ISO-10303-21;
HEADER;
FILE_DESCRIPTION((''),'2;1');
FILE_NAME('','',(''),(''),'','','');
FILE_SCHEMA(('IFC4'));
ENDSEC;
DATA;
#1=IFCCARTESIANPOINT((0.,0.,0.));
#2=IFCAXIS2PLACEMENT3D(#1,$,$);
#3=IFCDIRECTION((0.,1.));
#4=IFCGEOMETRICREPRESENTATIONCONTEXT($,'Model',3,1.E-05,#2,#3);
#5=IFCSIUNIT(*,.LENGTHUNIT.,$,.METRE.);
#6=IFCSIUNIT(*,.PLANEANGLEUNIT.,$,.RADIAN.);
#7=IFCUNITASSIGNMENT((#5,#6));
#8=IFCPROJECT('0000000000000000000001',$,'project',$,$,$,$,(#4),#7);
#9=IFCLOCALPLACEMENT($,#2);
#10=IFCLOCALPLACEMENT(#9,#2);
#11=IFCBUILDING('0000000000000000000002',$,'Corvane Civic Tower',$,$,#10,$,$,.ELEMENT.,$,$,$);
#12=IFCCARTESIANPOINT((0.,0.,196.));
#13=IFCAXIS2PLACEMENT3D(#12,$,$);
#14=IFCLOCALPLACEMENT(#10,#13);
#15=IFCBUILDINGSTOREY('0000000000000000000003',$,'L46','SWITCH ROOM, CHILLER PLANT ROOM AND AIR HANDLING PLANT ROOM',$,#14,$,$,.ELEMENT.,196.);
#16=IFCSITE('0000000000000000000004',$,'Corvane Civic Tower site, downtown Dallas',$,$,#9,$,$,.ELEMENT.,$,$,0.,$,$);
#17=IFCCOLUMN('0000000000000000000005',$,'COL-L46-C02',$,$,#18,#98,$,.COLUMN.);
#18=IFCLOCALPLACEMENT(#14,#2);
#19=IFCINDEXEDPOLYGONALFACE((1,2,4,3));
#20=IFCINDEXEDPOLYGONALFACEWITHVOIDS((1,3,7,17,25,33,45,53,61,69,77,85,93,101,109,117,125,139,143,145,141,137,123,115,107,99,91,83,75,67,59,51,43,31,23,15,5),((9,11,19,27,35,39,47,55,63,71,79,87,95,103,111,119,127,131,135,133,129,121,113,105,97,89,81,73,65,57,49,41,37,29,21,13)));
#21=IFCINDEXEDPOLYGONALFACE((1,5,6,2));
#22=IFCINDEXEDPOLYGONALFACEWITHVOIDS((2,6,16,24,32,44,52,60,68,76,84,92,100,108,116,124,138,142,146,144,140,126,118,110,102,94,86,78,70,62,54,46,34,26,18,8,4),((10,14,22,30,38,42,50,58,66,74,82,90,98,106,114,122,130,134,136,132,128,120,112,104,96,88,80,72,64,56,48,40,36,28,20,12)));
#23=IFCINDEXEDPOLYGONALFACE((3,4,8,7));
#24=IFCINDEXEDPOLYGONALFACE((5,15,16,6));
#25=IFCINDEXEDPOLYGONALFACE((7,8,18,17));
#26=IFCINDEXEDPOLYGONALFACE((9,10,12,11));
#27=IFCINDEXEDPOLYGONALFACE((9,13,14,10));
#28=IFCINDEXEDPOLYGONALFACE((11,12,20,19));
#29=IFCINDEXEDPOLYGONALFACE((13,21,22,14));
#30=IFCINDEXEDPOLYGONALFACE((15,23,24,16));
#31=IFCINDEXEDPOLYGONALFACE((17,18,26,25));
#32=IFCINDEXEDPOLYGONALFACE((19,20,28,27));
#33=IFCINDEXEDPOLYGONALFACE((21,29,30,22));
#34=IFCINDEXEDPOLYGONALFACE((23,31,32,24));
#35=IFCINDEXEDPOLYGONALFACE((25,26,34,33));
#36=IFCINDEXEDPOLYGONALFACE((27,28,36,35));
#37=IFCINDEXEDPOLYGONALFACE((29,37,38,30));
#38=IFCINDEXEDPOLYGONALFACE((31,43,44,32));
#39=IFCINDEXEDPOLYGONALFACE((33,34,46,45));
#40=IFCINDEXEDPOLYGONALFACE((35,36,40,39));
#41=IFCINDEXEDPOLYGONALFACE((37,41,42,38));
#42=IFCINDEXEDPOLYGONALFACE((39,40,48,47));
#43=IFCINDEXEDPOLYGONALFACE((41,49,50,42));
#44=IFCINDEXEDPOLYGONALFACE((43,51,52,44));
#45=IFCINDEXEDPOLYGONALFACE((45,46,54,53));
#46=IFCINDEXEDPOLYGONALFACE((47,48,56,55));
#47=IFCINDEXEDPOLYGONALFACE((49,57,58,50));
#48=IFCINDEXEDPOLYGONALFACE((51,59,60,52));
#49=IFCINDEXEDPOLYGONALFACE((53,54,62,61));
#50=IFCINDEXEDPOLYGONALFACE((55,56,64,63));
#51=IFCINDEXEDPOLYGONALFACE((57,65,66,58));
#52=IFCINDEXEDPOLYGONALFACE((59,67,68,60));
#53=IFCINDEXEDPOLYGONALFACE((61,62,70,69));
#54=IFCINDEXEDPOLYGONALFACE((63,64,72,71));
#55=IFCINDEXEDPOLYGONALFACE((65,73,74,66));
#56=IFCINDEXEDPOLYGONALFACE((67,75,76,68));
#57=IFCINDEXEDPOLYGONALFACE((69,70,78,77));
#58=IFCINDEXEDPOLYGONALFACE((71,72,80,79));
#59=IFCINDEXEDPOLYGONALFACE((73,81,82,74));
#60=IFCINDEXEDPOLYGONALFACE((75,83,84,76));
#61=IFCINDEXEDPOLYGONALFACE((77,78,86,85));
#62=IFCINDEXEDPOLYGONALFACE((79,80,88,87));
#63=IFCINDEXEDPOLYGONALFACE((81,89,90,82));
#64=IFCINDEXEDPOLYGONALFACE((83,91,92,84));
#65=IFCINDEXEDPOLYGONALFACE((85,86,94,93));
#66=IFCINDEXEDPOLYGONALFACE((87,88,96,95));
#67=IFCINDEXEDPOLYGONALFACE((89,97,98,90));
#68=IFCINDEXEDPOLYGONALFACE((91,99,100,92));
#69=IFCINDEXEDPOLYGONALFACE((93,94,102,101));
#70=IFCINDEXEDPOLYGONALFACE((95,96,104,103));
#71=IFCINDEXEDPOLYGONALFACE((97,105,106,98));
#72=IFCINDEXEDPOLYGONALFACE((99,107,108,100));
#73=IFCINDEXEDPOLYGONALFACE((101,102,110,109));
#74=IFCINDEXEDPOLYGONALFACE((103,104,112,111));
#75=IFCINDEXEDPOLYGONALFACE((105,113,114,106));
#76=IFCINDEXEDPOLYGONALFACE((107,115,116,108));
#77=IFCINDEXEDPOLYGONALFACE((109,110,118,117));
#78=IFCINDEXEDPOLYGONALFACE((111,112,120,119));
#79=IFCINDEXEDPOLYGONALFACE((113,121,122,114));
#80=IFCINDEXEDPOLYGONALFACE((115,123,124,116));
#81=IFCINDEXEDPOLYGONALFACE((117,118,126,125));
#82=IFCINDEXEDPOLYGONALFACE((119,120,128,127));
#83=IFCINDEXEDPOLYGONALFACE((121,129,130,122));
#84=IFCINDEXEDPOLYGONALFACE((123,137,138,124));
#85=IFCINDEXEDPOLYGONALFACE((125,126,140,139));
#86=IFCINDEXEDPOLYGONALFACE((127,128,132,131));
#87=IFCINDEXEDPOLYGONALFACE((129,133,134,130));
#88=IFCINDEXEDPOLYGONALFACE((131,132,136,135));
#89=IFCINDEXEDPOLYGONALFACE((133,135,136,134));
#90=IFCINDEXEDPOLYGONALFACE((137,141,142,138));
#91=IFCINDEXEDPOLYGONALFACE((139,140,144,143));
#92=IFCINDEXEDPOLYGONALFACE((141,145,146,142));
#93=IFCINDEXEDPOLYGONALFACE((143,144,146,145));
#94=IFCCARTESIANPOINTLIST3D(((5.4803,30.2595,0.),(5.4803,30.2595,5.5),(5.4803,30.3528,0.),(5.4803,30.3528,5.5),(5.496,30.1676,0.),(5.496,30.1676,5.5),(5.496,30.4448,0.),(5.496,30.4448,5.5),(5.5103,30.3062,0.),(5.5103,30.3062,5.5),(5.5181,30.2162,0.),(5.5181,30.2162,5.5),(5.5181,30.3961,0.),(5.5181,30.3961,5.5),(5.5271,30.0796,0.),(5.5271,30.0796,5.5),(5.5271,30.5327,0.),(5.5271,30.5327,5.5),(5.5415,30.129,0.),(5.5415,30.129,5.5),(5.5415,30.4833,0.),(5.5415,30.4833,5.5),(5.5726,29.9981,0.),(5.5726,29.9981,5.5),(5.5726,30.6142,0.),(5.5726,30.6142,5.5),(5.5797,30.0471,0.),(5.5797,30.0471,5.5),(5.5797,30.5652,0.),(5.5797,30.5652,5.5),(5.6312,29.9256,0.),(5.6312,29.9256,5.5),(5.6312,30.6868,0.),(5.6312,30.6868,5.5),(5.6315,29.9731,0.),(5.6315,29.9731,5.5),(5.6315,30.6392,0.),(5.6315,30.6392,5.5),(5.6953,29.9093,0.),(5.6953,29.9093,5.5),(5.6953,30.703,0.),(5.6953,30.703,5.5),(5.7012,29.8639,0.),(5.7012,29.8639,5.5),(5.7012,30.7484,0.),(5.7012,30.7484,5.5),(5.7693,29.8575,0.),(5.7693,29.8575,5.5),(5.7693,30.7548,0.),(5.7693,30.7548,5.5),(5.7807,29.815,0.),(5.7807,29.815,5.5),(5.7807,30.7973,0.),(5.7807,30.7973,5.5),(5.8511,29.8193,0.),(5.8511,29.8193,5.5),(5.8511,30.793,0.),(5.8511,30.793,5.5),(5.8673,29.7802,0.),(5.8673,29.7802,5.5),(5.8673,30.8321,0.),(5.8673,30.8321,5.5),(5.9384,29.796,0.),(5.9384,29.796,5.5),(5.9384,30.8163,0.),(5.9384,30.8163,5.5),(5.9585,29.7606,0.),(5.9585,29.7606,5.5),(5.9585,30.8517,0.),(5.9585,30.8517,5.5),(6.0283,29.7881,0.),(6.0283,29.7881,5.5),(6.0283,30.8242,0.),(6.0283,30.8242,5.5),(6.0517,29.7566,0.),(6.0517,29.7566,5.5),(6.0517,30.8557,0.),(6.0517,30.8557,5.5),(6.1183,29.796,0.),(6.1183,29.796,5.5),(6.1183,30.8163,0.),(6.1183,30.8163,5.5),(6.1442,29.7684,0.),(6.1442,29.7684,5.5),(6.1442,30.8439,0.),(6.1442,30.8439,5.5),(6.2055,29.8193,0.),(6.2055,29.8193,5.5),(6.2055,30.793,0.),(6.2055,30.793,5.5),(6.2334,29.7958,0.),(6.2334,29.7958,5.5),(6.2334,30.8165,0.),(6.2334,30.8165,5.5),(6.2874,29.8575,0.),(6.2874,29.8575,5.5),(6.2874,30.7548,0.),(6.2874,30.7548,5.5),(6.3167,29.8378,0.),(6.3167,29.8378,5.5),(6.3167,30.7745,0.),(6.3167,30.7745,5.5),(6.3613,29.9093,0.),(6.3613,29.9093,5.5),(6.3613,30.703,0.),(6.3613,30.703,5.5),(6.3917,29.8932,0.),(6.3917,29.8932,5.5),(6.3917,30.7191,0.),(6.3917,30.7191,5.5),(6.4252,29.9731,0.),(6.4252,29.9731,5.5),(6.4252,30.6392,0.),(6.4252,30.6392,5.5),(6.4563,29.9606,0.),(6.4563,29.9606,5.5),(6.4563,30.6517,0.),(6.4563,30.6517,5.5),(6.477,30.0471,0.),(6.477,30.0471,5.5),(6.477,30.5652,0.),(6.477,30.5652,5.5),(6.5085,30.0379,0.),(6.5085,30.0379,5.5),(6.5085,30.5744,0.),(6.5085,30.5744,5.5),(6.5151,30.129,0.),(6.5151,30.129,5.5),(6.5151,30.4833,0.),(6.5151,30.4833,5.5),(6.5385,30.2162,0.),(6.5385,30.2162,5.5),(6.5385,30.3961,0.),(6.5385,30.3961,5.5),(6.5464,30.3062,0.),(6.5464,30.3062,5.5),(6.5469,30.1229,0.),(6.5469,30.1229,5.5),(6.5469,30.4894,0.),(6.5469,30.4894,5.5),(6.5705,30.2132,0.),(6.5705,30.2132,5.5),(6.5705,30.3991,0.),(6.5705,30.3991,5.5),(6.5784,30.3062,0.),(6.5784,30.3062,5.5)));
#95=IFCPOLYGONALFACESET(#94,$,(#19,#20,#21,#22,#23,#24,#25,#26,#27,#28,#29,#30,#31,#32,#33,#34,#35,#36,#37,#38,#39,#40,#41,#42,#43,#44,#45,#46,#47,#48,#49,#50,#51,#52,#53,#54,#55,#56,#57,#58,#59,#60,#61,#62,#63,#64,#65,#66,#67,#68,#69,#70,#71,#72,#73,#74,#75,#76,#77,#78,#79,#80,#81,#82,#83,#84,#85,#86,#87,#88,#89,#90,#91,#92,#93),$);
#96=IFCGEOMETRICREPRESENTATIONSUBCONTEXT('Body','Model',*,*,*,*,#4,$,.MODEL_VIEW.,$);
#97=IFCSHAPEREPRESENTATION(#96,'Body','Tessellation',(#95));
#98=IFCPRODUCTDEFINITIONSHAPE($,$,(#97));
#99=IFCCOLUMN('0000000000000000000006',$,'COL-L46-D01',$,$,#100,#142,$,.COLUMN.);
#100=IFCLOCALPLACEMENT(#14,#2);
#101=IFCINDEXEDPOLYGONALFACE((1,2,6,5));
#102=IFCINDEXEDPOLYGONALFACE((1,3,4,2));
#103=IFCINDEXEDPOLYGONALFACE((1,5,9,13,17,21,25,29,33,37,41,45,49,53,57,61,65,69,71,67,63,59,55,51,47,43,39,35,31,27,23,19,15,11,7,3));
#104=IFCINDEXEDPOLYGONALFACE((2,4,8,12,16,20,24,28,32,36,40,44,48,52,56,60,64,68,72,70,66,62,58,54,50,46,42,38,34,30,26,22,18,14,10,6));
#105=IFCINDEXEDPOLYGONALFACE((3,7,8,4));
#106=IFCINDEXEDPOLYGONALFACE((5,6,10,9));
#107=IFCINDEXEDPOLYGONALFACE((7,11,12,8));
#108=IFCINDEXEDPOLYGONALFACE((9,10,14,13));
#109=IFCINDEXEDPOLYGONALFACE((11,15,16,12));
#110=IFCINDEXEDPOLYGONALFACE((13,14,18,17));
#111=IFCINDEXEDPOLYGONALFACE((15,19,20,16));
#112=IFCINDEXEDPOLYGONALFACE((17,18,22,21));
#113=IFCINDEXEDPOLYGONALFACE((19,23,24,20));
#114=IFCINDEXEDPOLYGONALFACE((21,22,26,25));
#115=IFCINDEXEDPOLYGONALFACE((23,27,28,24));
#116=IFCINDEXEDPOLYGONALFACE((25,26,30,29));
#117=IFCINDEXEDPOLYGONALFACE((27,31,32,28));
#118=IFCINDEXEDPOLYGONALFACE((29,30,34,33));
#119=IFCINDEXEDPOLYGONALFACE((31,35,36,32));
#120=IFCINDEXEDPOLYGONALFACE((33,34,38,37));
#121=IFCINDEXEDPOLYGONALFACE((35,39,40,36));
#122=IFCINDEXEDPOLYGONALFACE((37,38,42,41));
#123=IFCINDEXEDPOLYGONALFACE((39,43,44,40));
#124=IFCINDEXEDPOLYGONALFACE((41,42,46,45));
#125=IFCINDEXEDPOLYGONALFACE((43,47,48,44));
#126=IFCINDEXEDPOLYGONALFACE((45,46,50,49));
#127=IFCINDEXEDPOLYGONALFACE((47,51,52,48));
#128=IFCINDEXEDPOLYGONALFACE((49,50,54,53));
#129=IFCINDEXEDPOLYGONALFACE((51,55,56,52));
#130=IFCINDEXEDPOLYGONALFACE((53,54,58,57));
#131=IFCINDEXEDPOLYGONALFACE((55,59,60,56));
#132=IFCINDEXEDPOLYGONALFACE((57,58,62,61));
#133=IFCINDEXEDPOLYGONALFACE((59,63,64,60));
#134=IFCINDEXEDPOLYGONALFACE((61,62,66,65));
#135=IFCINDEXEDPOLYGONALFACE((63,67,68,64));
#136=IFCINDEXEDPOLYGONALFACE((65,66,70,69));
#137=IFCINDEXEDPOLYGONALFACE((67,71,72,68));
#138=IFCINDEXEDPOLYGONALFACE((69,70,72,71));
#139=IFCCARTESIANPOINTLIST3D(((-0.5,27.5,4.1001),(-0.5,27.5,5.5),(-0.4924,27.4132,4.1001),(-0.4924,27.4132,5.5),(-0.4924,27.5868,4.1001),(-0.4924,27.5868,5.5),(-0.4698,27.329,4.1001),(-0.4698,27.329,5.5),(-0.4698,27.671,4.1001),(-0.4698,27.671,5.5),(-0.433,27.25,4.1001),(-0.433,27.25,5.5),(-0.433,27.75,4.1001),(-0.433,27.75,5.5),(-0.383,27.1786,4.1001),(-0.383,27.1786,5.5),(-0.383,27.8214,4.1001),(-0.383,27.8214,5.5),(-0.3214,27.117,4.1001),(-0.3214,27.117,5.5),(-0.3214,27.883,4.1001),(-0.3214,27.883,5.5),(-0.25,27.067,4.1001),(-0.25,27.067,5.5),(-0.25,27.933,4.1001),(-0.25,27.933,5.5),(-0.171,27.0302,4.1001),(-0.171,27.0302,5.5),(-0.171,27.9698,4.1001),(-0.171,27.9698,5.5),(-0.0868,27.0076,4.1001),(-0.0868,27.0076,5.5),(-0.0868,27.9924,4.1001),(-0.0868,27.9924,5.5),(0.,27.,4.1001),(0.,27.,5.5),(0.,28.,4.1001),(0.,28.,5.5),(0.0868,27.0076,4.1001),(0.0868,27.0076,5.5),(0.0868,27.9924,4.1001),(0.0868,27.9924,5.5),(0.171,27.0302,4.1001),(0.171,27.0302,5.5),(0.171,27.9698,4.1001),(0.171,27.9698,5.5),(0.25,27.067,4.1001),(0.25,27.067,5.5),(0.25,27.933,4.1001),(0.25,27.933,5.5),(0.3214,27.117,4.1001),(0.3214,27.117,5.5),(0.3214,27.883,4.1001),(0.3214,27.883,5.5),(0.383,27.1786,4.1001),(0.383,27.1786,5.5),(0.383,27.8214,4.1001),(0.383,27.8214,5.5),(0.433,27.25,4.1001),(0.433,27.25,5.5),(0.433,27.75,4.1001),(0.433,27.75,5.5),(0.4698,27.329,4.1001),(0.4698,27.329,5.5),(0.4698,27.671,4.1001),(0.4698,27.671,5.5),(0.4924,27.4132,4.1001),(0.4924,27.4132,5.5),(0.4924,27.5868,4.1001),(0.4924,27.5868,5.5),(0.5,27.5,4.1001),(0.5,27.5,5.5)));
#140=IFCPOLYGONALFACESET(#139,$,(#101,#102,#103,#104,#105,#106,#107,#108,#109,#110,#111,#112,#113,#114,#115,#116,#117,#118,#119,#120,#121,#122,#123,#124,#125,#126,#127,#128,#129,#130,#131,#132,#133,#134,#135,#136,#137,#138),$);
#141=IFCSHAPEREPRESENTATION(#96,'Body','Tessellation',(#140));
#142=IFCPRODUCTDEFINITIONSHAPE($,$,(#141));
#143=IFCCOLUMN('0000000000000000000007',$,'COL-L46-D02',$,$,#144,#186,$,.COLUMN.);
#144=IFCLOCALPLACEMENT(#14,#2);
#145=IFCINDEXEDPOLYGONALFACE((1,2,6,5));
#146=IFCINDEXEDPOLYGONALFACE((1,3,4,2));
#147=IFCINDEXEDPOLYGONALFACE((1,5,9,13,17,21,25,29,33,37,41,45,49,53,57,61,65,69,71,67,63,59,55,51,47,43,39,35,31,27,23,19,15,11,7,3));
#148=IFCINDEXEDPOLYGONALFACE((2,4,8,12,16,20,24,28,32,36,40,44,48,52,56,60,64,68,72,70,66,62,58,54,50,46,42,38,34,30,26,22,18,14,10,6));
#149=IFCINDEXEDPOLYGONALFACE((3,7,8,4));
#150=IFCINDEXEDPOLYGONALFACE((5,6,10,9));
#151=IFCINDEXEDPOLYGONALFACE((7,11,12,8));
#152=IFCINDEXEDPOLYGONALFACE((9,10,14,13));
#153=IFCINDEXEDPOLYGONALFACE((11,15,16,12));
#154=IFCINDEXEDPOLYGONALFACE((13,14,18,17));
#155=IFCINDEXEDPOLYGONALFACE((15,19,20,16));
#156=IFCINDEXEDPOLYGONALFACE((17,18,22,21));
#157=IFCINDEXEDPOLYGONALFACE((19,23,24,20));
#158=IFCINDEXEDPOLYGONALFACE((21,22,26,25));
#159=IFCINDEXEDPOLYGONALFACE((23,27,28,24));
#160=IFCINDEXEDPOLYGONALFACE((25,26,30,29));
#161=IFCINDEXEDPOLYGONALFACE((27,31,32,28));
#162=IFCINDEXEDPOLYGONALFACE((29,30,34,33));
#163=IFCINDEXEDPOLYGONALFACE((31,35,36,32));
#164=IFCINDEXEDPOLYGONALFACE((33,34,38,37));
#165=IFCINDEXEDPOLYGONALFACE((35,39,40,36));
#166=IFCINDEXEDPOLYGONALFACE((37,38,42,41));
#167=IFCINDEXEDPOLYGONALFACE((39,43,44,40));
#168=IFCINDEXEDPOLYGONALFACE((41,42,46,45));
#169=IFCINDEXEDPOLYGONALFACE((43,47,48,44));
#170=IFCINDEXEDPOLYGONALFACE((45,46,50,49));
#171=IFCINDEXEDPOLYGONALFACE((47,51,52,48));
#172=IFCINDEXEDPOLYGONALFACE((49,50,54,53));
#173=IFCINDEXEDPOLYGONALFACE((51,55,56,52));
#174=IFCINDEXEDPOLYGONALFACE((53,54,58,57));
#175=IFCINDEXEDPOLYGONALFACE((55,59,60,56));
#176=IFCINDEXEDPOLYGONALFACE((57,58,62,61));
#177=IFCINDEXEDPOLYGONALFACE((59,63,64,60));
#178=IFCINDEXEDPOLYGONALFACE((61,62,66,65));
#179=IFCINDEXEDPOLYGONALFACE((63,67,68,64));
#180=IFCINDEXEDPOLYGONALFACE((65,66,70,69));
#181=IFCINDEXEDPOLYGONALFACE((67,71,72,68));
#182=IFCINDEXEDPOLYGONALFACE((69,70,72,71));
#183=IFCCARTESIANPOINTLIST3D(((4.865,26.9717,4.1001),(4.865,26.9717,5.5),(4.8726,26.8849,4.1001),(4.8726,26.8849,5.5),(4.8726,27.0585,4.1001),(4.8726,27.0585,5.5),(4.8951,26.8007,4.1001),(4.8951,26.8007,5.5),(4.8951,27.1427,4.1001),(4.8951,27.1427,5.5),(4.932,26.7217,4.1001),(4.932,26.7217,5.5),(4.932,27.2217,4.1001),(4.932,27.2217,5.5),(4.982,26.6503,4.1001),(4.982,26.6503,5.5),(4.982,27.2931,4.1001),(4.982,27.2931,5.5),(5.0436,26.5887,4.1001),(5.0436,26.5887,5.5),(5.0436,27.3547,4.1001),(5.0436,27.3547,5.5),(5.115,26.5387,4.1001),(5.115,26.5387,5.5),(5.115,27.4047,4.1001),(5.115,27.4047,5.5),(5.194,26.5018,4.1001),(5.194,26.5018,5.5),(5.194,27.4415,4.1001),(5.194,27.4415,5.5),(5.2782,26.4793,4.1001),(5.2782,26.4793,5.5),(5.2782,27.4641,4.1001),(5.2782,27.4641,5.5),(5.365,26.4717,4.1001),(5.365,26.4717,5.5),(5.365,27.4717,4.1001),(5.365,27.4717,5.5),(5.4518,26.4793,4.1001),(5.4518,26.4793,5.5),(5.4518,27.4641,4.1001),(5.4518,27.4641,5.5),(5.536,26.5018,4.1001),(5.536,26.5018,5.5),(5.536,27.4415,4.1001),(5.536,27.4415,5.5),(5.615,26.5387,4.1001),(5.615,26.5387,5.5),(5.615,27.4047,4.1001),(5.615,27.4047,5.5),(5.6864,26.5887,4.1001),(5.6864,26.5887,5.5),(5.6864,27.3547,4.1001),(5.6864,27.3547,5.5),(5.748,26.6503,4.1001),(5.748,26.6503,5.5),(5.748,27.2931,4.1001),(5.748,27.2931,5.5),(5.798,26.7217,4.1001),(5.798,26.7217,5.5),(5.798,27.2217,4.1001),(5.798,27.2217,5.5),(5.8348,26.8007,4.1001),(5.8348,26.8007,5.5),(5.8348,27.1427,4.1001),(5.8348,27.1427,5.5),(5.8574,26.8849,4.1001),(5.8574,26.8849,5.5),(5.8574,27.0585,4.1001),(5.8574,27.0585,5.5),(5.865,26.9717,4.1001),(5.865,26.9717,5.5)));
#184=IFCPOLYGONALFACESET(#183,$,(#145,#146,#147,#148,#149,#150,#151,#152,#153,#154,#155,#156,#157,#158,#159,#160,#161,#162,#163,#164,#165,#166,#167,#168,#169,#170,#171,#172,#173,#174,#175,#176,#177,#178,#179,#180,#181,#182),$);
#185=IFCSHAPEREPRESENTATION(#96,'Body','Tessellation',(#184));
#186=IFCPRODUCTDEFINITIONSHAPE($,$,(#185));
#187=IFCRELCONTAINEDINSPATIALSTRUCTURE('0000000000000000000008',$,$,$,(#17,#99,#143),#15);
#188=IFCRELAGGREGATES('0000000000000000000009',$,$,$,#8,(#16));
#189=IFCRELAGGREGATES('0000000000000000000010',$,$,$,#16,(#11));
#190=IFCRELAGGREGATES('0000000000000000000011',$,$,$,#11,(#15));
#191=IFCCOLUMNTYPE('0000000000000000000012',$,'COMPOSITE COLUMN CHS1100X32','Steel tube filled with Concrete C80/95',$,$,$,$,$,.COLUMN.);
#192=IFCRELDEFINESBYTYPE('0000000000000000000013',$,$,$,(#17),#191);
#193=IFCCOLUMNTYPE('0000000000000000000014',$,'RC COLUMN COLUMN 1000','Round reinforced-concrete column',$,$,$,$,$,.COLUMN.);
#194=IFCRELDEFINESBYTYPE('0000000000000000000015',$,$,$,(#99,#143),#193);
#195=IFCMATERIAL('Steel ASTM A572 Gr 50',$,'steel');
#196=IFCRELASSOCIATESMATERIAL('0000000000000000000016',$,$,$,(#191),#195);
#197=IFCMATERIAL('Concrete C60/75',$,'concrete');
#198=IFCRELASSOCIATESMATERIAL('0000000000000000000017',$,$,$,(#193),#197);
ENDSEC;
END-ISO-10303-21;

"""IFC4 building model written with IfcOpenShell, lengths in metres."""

from ifc_helpers import new_model, si_unit, direction, frame, origin, origin_2d, place, context, subcontext, project, spatial, circle, hollow_circle, extrude, material, material_profile, profile_set, type_object, element, save


model = new_model("IFC4")

# Units and contexts
model_context = context("Model", 3, precision=1e-05, world=origin(), true_north=direction((0.0, 1.0)))
body_context = subcontext(model_context, "Body", "Model", "MODEL_VIEW")
ifc_project = project(units=[si_unit("LENGTHUNIT", "METRE"), si_unit("PLANEANGLEUNIT", "RADIAN")], contexts=[model_context])

# Site, building, storey
site_placement = place(None, origin())
site = spatial("IfcSite", under=ifc_project, at=site_placement, Name="Corvane Civic Tower site, downtown Dallas", CompositionType="ELEMENT", RefElevation=0.0)
building_placement = place(site_placement, origin())
building = spatial("IfcBuilding", under=site, at=building_placement, Name="Corvane Civic Tower", CompositionType="ELEMENT")
storey_placement = place(building_placement, frame((0.0, 0.0, 196.0)))
storey = spatial("IfcBuildingStorey", under=building, at=storey_placement, Name="L46", Description="SWITCH ROOM, CHILLER PLANT ROOM AND AIR HANDLING PLANT ROOM", CompositionType="ELEMENT", Elevation=196.0)

# Columns
ifc_material_1 = material(Name="Steel ASTM A572 Gr 50", Category="steel")
ifc_material_profile_1 = material_profile(ifc_material_1, hollow_circle(Radius=0.55, WallThickness=0.032, at=origin_2d()), Name="CHS1100X32")
ifc_profile_set_1 = profile_set([ifc_material_profile_1], Name="Steel ASTM A572 Gr 50")
column_type_1 = type_object("IfcColumnType", Name="COMPOSITE COLUMN CHS1100X32", Description="Steel tube filled with Concrete C80/95", PredefinedType="COLUMN", material=ifc_profile_set_1)
column_placement = place(storey_placement, frame((6.0283, 30.3062, 0.0), z_axis=(0.0, 0.0, 1.0), x_axis=(1.0, 0.0, 0.0)))
element("IfcColumn", 1, at=column_placement, inside=storey, type_object=column_type_1, Name="COL-L46-C02", PredefinedType="COLUMN", context=body_context, shape_type="SweptSolid", body=[
    extrude(hollow_circle(Radius=0.55, WallThickness=0.032, at=origin_2d()), origin(), (0.0, 0.0, 1.0), 5.5),
])
ifc_material_2 = material(Name="Concrete C60/75", Category="concrete")
ifc_material_profile_2 = material_profile(ifc_material_2, circle(Radius=0.5, at=origin_2d()), Name="COLUMN 1000")
ifc_profile_set_2 = profile_set([ifc_material_profile_2], Name="Concrete C60/75")
column_type_2 = type_object("IfcColumnType", Name="RC COLUMN COLUMN 1000", Description="Round reinforced-concrete column", PredefinedType="COLUMN", material=ifc_profile_set_2)
for number, where, z_axis, x_axis, name in (
    (2, (0.0, 27.5, 4.1001), (0.0, 0.0, 1.0), (1.0, 0.0, 0.0), "COL-L46-D01"),
    (3, (5.365, 26.9717, 4.1001), (0.0, 0.0, 1.0), (1.0, 0.0, 0.0), "COL-L46-D02"),
):
    element("IfcColumn", number, at=place(storey_placement, frame(where, z_axis=z_axis, x_axis=x_axis)), inside=storey, type_object=column_type_2, Name=name, PredefinedType="COLUMN", context=body_context, shape_type="SweptSolid", body=[
        extrude(circle(Radius=0.5, at=origin_2d()), origin(), (0.0, 0.0, 1.0), 1.3999),
    ])

save(model, "model.ifc")
